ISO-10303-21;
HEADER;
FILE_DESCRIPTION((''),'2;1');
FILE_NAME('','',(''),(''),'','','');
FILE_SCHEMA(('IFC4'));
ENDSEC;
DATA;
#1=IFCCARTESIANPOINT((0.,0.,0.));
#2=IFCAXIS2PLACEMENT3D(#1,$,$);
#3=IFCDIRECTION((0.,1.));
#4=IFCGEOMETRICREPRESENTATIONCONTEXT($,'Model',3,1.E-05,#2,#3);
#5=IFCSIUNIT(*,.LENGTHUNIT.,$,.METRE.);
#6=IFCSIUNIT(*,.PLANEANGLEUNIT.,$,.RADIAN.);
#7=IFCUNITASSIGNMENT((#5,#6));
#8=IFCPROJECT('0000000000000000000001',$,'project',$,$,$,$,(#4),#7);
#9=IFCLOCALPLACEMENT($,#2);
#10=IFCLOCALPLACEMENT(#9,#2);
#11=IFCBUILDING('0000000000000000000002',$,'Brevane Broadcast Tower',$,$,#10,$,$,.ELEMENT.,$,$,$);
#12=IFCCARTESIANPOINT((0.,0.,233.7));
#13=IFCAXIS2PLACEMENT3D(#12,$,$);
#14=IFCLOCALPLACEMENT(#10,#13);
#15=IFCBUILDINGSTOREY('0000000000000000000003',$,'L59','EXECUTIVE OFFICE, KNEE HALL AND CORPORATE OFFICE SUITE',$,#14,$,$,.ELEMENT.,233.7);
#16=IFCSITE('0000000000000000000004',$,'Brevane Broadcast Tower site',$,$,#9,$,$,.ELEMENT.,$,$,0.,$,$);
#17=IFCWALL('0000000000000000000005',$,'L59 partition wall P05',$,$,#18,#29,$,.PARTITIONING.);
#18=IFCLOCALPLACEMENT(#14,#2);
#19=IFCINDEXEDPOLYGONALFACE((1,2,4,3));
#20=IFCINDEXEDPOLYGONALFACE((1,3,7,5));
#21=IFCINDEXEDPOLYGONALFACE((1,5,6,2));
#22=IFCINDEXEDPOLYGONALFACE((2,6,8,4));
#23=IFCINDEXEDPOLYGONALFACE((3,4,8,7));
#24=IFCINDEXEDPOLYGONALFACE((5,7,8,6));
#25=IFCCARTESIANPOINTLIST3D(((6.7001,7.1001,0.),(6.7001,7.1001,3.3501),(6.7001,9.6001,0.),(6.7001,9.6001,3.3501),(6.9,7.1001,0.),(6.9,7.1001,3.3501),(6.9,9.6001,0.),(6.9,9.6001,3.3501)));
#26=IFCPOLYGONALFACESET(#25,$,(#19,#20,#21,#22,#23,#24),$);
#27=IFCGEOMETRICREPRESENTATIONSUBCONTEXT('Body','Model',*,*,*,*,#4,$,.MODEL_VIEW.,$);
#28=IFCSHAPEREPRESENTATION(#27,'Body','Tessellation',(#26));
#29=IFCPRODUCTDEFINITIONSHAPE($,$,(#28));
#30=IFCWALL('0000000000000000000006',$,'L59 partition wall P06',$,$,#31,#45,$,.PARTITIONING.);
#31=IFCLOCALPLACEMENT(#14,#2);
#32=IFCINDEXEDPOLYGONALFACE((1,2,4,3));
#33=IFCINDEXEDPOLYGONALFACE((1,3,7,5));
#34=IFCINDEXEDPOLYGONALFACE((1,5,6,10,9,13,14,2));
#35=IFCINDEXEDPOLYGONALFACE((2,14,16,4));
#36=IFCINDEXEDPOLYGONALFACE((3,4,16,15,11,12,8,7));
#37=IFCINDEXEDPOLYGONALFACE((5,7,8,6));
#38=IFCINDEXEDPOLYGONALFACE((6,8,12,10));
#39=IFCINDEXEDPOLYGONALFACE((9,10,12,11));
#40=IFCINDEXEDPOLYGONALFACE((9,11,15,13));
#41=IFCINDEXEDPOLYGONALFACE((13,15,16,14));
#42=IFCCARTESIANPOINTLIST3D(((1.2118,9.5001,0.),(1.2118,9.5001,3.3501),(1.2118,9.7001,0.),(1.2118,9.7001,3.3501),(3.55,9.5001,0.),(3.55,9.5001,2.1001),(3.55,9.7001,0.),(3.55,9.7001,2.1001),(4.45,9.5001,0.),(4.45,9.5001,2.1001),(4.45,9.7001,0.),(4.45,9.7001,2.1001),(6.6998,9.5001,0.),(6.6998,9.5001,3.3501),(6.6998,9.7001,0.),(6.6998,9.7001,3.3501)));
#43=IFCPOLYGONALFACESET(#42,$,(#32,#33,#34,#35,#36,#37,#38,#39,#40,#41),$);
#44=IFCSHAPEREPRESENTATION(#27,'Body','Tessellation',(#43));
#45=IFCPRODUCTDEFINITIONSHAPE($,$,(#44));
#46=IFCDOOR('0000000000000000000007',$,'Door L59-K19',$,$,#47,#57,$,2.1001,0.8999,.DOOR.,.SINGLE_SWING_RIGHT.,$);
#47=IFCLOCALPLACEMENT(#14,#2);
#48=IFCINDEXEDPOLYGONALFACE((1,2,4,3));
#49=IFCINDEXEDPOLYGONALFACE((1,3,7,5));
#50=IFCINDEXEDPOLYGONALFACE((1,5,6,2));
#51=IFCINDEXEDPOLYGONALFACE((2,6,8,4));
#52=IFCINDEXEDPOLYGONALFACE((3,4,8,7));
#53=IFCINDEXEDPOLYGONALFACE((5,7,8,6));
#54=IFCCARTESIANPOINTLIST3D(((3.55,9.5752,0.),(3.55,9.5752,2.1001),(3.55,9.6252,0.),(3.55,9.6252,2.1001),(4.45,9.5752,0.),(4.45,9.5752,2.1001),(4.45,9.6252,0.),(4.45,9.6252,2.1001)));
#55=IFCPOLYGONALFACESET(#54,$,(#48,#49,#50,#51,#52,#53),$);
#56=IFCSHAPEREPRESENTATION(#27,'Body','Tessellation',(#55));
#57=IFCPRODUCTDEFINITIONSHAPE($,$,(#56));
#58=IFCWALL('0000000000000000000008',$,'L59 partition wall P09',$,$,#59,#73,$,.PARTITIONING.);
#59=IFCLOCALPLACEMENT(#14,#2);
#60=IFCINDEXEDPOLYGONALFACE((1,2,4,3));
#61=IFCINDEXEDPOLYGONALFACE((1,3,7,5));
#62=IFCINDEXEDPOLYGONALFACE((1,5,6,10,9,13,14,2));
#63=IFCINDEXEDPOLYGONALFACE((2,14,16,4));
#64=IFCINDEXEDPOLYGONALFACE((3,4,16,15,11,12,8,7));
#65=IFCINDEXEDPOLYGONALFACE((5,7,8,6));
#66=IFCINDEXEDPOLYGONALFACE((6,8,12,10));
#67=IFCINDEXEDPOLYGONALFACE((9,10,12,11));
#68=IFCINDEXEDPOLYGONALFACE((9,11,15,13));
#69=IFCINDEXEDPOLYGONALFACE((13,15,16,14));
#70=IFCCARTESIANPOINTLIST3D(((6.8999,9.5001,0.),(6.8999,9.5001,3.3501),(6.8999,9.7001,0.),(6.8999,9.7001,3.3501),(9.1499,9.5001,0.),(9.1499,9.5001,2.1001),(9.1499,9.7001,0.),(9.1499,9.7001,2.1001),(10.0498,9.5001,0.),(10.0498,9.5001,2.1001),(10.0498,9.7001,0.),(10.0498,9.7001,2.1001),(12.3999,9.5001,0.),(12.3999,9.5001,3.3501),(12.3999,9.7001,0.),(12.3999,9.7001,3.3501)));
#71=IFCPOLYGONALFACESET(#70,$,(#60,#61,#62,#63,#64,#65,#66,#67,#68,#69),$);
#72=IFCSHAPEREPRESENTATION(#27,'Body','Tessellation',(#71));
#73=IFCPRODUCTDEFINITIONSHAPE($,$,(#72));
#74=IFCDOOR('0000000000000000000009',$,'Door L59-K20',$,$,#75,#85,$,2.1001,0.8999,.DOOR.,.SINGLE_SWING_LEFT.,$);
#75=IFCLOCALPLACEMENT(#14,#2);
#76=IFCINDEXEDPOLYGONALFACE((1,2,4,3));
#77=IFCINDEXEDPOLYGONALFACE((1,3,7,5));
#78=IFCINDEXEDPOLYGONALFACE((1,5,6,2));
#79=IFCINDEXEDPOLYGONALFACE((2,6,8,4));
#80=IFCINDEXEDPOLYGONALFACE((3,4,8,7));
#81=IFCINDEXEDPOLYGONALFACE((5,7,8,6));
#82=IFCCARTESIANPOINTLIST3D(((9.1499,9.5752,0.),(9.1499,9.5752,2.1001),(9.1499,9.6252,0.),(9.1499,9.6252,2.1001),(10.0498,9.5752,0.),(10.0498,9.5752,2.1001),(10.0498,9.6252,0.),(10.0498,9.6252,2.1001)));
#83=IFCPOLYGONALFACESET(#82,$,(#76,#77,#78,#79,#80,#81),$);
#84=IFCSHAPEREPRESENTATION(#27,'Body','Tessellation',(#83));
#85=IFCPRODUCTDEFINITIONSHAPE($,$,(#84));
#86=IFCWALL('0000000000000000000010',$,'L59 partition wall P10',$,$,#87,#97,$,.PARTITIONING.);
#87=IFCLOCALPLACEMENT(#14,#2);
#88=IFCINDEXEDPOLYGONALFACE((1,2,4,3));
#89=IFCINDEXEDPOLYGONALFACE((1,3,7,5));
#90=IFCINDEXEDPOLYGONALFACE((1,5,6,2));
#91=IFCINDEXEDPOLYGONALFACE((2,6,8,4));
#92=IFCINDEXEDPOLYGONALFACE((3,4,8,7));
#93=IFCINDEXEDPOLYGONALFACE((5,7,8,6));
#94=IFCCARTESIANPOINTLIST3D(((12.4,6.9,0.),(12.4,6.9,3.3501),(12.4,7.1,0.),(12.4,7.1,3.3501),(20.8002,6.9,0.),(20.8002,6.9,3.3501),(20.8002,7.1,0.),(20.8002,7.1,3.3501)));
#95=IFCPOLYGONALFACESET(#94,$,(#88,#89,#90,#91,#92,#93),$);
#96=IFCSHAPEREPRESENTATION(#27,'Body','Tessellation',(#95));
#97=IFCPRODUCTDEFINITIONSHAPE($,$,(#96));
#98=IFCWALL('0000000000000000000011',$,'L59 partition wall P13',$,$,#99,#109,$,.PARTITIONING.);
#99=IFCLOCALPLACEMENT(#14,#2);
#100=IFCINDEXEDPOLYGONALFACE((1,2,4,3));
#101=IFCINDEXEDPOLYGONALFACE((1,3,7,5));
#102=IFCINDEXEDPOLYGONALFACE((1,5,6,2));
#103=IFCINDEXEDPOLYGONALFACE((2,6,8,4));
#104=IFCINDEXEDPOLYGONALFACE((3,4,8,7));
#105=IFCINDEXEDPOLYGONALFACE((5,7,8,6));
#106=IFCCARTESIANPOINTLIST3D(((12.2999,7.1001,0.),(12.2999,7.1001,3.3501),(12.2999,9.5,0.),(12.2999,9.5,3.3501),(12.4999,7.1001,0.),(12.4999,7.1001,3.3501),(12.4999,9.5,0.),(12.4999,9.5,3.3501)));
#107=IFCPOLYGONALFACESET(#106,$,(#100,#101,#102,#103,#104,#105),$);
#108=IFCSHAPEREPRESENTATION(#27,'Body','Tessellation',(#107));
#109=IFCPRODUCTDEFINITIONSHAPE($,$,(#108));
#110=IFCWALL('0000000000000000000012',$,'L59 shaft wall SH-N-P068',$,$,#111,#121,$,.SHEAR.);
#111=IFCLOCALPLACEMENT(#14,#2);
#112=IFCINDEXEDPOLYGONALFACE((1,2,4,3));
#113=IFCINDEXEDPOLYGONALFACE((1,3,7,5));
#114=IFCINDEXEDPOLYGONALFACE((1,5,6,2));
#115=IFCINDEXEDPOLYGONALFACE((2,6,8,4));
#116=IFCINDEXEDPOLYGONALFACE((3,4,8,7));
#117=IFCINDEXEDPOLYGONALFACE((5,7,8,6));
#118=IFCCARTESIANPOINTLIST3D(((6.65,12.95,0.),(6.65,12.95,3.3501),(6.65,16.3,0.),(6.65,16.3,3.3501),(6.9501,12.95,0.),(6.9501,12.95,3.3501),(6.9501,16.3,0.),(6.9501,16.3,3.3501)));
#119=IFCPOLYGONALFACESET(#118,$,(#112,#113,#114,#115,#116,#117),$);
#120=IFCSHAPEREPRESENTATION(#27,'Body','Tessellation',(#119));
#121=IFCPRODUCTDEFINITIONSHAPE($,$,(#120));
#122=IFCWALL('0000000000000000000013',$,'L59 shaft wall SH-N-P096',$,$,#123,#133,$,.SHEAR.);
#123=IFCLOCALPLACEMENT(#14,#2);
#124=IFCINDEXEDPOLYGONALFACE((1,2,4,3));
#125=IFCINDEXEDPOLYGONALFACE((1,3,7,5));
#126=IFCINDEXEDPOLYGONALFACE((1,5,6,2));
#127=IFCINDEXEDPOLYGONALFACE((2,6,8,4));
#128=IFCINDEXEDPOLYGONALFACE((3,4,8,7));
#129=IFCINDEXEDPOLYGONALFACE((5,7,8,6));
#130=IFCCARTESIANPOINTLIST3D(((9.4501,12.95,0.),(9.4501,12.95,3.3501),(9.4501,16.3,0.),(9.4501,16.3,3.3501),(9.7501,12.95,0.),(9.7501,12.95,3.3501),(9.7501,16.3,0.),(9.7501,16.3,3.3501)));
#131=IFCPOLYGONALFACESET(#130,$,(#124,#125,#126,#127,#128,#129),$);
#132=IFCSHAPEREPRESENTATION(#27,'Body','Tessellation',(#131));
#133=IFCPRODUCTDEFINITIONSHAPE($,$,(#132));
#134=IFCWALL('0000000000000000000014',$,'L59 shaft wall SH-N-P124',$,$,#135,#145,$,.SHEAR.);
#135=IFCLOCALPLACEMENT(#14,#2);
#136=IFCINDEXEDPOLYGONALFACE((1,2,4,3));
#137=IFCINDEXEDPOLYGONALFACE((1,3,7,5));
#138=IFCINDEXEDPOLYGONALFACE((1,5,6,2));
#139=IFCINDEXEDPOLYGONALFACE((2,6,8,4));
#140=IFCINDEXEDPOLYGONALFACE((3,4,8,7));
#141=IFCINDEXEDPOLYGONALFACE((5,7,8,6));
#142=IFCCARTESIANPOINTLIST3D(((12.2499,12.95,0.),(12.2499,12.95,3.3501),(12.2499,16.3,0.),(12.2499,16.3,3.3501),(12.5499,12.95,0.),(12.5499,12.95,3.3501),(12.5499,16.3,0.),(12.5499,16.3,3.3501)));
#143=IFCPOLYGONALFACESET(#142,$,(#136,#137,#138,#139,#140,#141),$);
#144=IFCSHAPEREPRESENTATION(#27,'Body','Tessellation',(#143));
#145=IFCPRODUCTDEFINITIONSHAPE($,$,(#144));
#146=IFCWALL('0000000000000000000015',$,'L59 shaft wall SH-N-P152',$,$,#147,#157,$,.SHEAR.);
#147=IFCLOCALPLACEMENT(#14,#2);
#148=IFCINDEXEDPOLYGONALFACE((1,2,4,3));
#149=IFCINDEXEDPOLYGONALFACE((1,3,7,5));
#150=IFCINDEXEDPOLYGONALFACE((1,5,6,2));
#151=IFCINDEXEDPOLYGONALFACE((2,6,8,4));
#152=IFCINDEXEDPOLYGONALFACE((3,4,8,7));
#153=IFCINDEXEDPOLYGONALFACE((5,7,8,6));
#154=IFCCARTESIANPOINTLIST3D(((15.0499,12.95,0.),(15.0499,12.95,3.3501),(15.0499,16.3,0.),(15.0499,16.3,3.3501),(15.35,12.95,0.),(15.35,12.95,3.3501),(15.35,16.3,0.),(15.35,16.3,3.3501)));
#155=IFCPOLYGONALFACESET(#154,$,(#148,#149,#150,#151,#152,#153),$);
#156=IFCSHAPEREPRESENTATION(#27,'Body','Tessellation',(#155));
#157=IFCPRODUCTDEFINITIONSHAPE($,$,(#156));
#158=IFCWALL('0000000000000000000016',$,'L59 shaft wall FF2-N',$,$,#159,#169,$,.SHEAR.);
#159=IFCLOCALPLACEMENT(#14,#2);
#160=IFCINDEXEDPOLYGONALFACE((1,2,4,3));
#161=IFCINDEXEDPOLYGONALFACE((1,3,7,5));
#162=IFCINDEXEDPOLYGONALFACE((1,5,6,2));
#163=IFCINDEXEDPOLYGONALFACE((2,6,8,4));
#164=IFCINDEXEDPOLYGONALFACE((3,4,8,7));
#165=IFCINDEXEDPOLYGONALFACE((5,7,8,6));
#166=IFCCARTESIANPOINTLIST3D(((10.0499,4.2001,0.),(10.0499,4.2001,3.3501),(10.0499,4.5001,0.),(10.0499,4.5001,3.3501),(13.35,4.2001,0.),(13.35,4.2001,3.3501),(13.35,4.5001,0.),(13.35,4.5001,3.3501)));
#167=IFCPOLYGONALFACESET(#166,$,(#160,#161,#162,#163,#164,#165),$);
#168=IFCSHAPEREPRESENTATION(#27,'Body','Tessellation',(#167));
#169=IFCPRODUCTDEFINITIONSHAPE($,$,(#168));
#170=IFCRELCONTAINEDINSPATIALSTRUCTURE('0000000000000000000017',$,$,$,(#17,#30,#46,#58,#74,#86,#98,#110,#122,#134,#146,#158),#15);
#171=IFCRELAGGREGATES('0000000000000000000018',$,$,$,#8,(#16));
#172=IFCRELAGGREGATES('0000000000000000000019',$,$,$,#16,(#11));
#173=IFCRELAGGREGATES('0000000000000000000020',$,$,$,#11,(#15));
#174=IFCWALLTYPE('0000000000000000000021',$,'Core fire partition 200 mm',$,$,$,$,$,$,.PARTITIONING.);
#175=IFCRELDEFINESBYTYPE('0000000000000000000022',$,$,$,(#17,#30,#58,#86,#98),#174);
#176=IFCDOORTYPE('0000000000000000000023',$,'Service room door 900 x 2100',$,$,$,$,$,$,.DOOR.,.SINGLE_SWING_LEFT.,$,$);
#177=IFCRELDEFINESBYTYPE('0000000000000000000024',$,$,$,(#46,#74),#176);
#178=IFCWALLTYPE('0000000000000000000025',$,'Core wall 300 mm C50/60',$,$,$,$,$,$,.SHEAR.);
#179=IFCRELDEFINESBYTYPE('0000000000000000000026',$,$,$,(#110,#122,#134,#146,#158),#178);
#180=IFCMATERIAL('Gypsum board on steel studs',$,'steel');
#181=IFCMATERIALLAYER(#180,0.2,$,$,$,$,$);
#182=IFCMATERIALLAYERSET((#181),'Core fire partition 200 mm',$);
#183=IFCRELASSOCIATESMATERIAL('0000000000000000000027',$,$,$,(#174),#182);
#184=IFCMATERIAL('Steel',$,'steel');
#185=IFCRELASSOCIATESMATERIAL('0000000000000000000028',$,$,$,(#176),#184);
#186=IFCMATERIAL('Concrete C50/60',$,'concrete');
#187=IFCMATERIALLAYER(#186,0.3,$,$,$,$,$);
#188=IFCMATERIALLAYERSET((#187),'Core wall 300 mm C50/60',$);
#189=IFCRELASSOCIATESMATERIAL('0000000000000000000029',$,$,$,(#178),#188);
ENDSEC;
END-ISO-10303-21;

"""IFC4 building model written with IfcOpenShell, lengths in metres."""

from ifc_helpers import new_model, si_unit, direction, frame, frame_2d, origin, place, context, subcontext, project, spatial, rectangle, extrude, material, layer, layer_set, type_object, element, fill, save


model = new_model("IFC4")

# Units and contexts
model_context = context("Model", 3, precision=1e-05, world=origin(), true_north=direction((0.0, 1.0)))
body_context = subcontext(model_context, "Body", "Model", "MODEL_VIEW")
ifc_project = project(units=[si_unit("LENGTHUNIT", "METRE"), si_unit("PLANEANGLEUNIT", "RADIAN")], contexts=[model_context])

# Site, building, storey
site_placement = place(None, origin())
site = spatial("IfcSite", under=ifc_project, at=site_placement, Name="Brevane Broadcast Tower site", CompositionType="ELEMENT", RefElevation=0.0)
building_placement = place(site_placement, origin())
building = spatial("IfcBuilding", under=site, at=building_placement, Name="Brevane Broadcast Tower", CompositionType="ELEMENT")
storey_placement = place(building_placement, frame((0.0, 0.0, 233.7)))
storey = spatial("IfcBuildingStorey", under=building, at=storey_placement, Name="L59", Description="EXECUTIVE OFFICE, KNEE HALL AND CORPORATE OFFICE SUITE", CompositionType="ELEMENT", Elevation=233.7)

# Shared definitions
ifc_material_1 = material(Name="Gypsum board on steel studs", Category="steel")
ifc_material_2 = material(Name="Steel", Category="steel")

# Shared definitions
ifc_layer_1 = layer(ifc_material_1, 0.2)
ifc_layer_set_1 = layer_set([ifc_layer_1], Name="Core fire partition 200 mm")
wall_type_1 = type_object("IfcWallType", Name="Core fire partition 200 mm", PredefinedType="PARTITIONING", material=ifc_layer_set_1)

# Wall
wall_1_placement = place(storey_placement, frame((6.8, 9.6001, 0.0), z_axis=(0.0, 0.0, 1.0), x_axis=(0.0, -1.0, 0.0)))
element("IfcWall", 1, at=wall_1_placement, inside=storey, type_object=wall_type_1, Name="L59 partition wall P05", PredefinedType="PARTITIONING", context=body_context, shape_type="SweptSolid", body=[
    extrude(rectangle(XDim=2.5, YDim=0.2, at=frame_2d((1.25, 0.0))), origin(), (0.0, 0.0, 1.0), 3.3501),
])

# Walls, openings, doors
wall_2_placement = place(storey_placement, frame((6.7, 9.6001, 0.0), z_axis=(0.0, 0.0, 1.0), x_axis=(-1.0, 0.0, 0.0)))
wall_2 = element("IfcWall", 2, at=wall_2_placement, inside=storey, type_object=wall_type_1, Name="L59 partition wall P06", PredefinedType="PARTITIONING", context=body_context, shape_type="SweptSolid", body=[
    extrude(rectangle(XDim=5.488, YDim=0.2, at=frame_2d((2.7441, 0.0))), origin(), (0.0, 0.0, 1.0), 3.3501),
])
opening_1_placement = place(wall_2_placement, frame((2.25, 0.0, 0.0)))
opening_1 = element("IfcOpeningElement", 3, at=opening_1_placement, cuts=wall_2, PredefinedType="OPENING", context=body_context, shape_type="SweptSolid", body=[
    extrude(rectangle(XDim=0.8999, YDim=2.1001, at=frame_2d((0.45, 1.05))), frame((0.0, 0.1099, 0.0), z_axis=(0.0, -1.0, 0.0), x_axis=(1.0, 0.0, 0.0)), (0.0, 0.0, 1.0), 0.22),
])
door_type_1 = type_object("IfcDoorType", Name="Service room door 900 x 2100", OperationType="SINGLE_SWING_LEFT", PredefinedType="DOOR", material=ifc_material_2)
door_1_placement = place(opening_1_placement, origin())
door_1 = element("IfcDoor", 4, at=door_1_placement, inside=storey, type_object=door_type_1, Name="Door L59-K19", OperationType="SINGLE_SWING_RIGHT", OverallHeight=2.1001, OverallWidth=0.8999, PredefinedType="DOOR", context=body_context, shape_type="SweptSolid", body=[
    extrude(rectangle(XDim=0.8999, YDim=2.1001, at=frame_2d((0.45, 1.05))), frame((0.0, 0.0249, 0.0), z_axis=(0.0, -1.0, 0.0), x_axis=(1.0, 0.0, 0.0)), (0.0, 0.0, 1.0), 0.05),
])
fill(opening_1, door_1)
wall_3_placement = place(storey_placement, frame((12.3999, 9.6001, 0.0), z_axis=(0.0, 0.0, 1.0), x_axis=(-1.0, 0.0, 0.0)))
wall_3 = element("IfcWall", 5, at=wall_3_placement, inside=storey, type_object=wall_type_1, Name="L59 partition wall P09", PredefinedType="PARTITIONING", context=body_context, shape_type="SweptSolid", body=[
    extrude(rectangle(XDim=5.5, YDim=0.2, at=frame_2d((2.75, 0.0))), origin(), (0.0, 0.0, 1.0), 3.3501),
])
opening_2_placement = place(wall_3_placement, frame((2.3501, 0.0, 0.0)))
opening_2 = element("IfcOpeningElement", 6, at=opening_2_placement, cuts=wall_3, PredefinedType="OPENING", context=body_context, shape_type="SweptSolid", body=[
    extrude(rectangle(XDim=0.8999, YDim=2.1001, at=frame_2d((0.45, 1.05))), frame((0.0, 0.1099, 0.0), z_axis=(0.0, -1.0, 0.0), x_axis=(1.0, 0.0, 0.0)), (0.0, 0.0, 1.0), 0.22),
])
door_2_placement = place(opening_2_placement, origin())
door_2 = element("IfcDoor", 7, at=door_2_placement, inside=storey, type_object=door_type_1, Name="Door L59-K20", OperationType="SINGLE_SWING_LEFT", OverallHeight=2.1001, OverallWidth=0.8999, PredefinedType="DOOR", context=body_context, shape_type="SweptSolid", body=[
    extrude(rectangle(XDim=0.8999, YDim=2.1001, at=frame_2d((0.45, 1.05))), frame((0.0, 0.0249, 0.0), z_axis=(0.0, -1.0, 0.0), x_axis=(1.0, 0.0, 0.0)), (0.0, 0.0, 1.0), 0.05),
])
fill(opening_2, door_2)

# Walls
wall_4_placement = place(storey_placement, frame((12.3999, 7.0, 0.0), z_axis=(0.0, 0.0, 1.0), x_axis=(1.0, 0.0, 0.0)))
element("IfcWall", 8, at=wall_4_placement, inside=storey, type_object=wall_type_1, Name="L59 partition wall P10", PredefinedType="PARTITIONING", context=body_context, shape_type="SweptSolid", body=[
    extrude(rectangle(XDim=8.4001, YDim=0.2, at=frame_2d((4.2002, 0.0))), origin(), (0.0, 0.0, 1.0), 3.3501),
])
wall_5_placement = place(storey_placement, frame((12.3999, 9.5, 0.0), z_axis=(0.0, 0.0, 1.0), x_axis=(0.0, -1.0, 0.0)))
element("IfcWall", 9, at=wall_5_placement, inside=storey, type_object=wall_type_1, Name="L59 partition wall P13", PredefinedType="PARTITIONING", context=body_context, shape_type="SweptSolid", body=[
    extrude(rectangle(XDim=2.3999, YDim=0.2, at=frame_2d((1.2, 0.0))), origin(), (0.0, 0.0, 1.0), 3.3501),
])
ifc_material_3 = material(Name="Concrete C50/60", Category="concrete")
ifc_layer_2 = layer(ifc_material_3, 0.3)
ifc_layer_set_2 = layer_set([ifc_layer_2], Name="Core wall 300 mm C50/60")
wall_type_2 = type_object("IfcWallType", Name="Core wall 300 mm C50/60", PredefinedType="SHEAR", material=ifc_layer_set_2)
for number, where, z_axis, x_axis, name in (
    (10, (6.8, 12.95, 0.0), (0.0, 0.0, 1.0), (0.0, 1.0, 0.0), "L59 shaft wall SH-N-P068"),
    (11, (9.6001, 12.95, 0.0), (0.0, 0.0, 1.0), (0.0, 1.0, 0.0), "L59 shaft wall SH-N-P096"),
    (12, (12.3999, 12.95, 0.0), (0.0, 0.0, 1.0), (0.0, 1.0, 0.0), "L59 shaft wall SH-N-P124"),
    (13, (15.2, 12.95, 0.0), (0.0, 0.0, 1.0), (0.0, 1.0, 0.0), "L59 shaft wall SH-N-P152"),
):
    element("IfcWall", number, at=place(storey_placement, frame(where, z_axis=z_axis, x_axis=x_axis)), inside=storey, type_object=wall_type_2, Name=name, PredefinedType="SHEAR", context=body_context, shape_type="SweptSolid", body=[
        extrude(rectangle(XDim=3.3501, YDim=0.3, at=frame_2d((1.675, 0.0))), origin(), (0.0, 0.0, 1.0), 3.3501),
    ])
wall_6_placement = place(storey_placement, frame((10.05, 4.3501, 0.0), z_axis=(0.0, 0.0, 1.0), x_axis=(1.0, 0.0, 0.0)))
element("IfcWall", 14, at=wall_6_placement, inside=storey, type_object=wall_type_2, Name="L59 shaft wall FF2-N", PredefinedType="SHEAR", context=body_context, shape_type="SweptSolid", body=[
    extrude(rectangle(XDim=3.3, YDim=0.3, at=frame_2d((1.6499, 0.0))), origin(), (0.0, 0.0, 1.0), 3.3501),
])

save(model, "model.ifc")
